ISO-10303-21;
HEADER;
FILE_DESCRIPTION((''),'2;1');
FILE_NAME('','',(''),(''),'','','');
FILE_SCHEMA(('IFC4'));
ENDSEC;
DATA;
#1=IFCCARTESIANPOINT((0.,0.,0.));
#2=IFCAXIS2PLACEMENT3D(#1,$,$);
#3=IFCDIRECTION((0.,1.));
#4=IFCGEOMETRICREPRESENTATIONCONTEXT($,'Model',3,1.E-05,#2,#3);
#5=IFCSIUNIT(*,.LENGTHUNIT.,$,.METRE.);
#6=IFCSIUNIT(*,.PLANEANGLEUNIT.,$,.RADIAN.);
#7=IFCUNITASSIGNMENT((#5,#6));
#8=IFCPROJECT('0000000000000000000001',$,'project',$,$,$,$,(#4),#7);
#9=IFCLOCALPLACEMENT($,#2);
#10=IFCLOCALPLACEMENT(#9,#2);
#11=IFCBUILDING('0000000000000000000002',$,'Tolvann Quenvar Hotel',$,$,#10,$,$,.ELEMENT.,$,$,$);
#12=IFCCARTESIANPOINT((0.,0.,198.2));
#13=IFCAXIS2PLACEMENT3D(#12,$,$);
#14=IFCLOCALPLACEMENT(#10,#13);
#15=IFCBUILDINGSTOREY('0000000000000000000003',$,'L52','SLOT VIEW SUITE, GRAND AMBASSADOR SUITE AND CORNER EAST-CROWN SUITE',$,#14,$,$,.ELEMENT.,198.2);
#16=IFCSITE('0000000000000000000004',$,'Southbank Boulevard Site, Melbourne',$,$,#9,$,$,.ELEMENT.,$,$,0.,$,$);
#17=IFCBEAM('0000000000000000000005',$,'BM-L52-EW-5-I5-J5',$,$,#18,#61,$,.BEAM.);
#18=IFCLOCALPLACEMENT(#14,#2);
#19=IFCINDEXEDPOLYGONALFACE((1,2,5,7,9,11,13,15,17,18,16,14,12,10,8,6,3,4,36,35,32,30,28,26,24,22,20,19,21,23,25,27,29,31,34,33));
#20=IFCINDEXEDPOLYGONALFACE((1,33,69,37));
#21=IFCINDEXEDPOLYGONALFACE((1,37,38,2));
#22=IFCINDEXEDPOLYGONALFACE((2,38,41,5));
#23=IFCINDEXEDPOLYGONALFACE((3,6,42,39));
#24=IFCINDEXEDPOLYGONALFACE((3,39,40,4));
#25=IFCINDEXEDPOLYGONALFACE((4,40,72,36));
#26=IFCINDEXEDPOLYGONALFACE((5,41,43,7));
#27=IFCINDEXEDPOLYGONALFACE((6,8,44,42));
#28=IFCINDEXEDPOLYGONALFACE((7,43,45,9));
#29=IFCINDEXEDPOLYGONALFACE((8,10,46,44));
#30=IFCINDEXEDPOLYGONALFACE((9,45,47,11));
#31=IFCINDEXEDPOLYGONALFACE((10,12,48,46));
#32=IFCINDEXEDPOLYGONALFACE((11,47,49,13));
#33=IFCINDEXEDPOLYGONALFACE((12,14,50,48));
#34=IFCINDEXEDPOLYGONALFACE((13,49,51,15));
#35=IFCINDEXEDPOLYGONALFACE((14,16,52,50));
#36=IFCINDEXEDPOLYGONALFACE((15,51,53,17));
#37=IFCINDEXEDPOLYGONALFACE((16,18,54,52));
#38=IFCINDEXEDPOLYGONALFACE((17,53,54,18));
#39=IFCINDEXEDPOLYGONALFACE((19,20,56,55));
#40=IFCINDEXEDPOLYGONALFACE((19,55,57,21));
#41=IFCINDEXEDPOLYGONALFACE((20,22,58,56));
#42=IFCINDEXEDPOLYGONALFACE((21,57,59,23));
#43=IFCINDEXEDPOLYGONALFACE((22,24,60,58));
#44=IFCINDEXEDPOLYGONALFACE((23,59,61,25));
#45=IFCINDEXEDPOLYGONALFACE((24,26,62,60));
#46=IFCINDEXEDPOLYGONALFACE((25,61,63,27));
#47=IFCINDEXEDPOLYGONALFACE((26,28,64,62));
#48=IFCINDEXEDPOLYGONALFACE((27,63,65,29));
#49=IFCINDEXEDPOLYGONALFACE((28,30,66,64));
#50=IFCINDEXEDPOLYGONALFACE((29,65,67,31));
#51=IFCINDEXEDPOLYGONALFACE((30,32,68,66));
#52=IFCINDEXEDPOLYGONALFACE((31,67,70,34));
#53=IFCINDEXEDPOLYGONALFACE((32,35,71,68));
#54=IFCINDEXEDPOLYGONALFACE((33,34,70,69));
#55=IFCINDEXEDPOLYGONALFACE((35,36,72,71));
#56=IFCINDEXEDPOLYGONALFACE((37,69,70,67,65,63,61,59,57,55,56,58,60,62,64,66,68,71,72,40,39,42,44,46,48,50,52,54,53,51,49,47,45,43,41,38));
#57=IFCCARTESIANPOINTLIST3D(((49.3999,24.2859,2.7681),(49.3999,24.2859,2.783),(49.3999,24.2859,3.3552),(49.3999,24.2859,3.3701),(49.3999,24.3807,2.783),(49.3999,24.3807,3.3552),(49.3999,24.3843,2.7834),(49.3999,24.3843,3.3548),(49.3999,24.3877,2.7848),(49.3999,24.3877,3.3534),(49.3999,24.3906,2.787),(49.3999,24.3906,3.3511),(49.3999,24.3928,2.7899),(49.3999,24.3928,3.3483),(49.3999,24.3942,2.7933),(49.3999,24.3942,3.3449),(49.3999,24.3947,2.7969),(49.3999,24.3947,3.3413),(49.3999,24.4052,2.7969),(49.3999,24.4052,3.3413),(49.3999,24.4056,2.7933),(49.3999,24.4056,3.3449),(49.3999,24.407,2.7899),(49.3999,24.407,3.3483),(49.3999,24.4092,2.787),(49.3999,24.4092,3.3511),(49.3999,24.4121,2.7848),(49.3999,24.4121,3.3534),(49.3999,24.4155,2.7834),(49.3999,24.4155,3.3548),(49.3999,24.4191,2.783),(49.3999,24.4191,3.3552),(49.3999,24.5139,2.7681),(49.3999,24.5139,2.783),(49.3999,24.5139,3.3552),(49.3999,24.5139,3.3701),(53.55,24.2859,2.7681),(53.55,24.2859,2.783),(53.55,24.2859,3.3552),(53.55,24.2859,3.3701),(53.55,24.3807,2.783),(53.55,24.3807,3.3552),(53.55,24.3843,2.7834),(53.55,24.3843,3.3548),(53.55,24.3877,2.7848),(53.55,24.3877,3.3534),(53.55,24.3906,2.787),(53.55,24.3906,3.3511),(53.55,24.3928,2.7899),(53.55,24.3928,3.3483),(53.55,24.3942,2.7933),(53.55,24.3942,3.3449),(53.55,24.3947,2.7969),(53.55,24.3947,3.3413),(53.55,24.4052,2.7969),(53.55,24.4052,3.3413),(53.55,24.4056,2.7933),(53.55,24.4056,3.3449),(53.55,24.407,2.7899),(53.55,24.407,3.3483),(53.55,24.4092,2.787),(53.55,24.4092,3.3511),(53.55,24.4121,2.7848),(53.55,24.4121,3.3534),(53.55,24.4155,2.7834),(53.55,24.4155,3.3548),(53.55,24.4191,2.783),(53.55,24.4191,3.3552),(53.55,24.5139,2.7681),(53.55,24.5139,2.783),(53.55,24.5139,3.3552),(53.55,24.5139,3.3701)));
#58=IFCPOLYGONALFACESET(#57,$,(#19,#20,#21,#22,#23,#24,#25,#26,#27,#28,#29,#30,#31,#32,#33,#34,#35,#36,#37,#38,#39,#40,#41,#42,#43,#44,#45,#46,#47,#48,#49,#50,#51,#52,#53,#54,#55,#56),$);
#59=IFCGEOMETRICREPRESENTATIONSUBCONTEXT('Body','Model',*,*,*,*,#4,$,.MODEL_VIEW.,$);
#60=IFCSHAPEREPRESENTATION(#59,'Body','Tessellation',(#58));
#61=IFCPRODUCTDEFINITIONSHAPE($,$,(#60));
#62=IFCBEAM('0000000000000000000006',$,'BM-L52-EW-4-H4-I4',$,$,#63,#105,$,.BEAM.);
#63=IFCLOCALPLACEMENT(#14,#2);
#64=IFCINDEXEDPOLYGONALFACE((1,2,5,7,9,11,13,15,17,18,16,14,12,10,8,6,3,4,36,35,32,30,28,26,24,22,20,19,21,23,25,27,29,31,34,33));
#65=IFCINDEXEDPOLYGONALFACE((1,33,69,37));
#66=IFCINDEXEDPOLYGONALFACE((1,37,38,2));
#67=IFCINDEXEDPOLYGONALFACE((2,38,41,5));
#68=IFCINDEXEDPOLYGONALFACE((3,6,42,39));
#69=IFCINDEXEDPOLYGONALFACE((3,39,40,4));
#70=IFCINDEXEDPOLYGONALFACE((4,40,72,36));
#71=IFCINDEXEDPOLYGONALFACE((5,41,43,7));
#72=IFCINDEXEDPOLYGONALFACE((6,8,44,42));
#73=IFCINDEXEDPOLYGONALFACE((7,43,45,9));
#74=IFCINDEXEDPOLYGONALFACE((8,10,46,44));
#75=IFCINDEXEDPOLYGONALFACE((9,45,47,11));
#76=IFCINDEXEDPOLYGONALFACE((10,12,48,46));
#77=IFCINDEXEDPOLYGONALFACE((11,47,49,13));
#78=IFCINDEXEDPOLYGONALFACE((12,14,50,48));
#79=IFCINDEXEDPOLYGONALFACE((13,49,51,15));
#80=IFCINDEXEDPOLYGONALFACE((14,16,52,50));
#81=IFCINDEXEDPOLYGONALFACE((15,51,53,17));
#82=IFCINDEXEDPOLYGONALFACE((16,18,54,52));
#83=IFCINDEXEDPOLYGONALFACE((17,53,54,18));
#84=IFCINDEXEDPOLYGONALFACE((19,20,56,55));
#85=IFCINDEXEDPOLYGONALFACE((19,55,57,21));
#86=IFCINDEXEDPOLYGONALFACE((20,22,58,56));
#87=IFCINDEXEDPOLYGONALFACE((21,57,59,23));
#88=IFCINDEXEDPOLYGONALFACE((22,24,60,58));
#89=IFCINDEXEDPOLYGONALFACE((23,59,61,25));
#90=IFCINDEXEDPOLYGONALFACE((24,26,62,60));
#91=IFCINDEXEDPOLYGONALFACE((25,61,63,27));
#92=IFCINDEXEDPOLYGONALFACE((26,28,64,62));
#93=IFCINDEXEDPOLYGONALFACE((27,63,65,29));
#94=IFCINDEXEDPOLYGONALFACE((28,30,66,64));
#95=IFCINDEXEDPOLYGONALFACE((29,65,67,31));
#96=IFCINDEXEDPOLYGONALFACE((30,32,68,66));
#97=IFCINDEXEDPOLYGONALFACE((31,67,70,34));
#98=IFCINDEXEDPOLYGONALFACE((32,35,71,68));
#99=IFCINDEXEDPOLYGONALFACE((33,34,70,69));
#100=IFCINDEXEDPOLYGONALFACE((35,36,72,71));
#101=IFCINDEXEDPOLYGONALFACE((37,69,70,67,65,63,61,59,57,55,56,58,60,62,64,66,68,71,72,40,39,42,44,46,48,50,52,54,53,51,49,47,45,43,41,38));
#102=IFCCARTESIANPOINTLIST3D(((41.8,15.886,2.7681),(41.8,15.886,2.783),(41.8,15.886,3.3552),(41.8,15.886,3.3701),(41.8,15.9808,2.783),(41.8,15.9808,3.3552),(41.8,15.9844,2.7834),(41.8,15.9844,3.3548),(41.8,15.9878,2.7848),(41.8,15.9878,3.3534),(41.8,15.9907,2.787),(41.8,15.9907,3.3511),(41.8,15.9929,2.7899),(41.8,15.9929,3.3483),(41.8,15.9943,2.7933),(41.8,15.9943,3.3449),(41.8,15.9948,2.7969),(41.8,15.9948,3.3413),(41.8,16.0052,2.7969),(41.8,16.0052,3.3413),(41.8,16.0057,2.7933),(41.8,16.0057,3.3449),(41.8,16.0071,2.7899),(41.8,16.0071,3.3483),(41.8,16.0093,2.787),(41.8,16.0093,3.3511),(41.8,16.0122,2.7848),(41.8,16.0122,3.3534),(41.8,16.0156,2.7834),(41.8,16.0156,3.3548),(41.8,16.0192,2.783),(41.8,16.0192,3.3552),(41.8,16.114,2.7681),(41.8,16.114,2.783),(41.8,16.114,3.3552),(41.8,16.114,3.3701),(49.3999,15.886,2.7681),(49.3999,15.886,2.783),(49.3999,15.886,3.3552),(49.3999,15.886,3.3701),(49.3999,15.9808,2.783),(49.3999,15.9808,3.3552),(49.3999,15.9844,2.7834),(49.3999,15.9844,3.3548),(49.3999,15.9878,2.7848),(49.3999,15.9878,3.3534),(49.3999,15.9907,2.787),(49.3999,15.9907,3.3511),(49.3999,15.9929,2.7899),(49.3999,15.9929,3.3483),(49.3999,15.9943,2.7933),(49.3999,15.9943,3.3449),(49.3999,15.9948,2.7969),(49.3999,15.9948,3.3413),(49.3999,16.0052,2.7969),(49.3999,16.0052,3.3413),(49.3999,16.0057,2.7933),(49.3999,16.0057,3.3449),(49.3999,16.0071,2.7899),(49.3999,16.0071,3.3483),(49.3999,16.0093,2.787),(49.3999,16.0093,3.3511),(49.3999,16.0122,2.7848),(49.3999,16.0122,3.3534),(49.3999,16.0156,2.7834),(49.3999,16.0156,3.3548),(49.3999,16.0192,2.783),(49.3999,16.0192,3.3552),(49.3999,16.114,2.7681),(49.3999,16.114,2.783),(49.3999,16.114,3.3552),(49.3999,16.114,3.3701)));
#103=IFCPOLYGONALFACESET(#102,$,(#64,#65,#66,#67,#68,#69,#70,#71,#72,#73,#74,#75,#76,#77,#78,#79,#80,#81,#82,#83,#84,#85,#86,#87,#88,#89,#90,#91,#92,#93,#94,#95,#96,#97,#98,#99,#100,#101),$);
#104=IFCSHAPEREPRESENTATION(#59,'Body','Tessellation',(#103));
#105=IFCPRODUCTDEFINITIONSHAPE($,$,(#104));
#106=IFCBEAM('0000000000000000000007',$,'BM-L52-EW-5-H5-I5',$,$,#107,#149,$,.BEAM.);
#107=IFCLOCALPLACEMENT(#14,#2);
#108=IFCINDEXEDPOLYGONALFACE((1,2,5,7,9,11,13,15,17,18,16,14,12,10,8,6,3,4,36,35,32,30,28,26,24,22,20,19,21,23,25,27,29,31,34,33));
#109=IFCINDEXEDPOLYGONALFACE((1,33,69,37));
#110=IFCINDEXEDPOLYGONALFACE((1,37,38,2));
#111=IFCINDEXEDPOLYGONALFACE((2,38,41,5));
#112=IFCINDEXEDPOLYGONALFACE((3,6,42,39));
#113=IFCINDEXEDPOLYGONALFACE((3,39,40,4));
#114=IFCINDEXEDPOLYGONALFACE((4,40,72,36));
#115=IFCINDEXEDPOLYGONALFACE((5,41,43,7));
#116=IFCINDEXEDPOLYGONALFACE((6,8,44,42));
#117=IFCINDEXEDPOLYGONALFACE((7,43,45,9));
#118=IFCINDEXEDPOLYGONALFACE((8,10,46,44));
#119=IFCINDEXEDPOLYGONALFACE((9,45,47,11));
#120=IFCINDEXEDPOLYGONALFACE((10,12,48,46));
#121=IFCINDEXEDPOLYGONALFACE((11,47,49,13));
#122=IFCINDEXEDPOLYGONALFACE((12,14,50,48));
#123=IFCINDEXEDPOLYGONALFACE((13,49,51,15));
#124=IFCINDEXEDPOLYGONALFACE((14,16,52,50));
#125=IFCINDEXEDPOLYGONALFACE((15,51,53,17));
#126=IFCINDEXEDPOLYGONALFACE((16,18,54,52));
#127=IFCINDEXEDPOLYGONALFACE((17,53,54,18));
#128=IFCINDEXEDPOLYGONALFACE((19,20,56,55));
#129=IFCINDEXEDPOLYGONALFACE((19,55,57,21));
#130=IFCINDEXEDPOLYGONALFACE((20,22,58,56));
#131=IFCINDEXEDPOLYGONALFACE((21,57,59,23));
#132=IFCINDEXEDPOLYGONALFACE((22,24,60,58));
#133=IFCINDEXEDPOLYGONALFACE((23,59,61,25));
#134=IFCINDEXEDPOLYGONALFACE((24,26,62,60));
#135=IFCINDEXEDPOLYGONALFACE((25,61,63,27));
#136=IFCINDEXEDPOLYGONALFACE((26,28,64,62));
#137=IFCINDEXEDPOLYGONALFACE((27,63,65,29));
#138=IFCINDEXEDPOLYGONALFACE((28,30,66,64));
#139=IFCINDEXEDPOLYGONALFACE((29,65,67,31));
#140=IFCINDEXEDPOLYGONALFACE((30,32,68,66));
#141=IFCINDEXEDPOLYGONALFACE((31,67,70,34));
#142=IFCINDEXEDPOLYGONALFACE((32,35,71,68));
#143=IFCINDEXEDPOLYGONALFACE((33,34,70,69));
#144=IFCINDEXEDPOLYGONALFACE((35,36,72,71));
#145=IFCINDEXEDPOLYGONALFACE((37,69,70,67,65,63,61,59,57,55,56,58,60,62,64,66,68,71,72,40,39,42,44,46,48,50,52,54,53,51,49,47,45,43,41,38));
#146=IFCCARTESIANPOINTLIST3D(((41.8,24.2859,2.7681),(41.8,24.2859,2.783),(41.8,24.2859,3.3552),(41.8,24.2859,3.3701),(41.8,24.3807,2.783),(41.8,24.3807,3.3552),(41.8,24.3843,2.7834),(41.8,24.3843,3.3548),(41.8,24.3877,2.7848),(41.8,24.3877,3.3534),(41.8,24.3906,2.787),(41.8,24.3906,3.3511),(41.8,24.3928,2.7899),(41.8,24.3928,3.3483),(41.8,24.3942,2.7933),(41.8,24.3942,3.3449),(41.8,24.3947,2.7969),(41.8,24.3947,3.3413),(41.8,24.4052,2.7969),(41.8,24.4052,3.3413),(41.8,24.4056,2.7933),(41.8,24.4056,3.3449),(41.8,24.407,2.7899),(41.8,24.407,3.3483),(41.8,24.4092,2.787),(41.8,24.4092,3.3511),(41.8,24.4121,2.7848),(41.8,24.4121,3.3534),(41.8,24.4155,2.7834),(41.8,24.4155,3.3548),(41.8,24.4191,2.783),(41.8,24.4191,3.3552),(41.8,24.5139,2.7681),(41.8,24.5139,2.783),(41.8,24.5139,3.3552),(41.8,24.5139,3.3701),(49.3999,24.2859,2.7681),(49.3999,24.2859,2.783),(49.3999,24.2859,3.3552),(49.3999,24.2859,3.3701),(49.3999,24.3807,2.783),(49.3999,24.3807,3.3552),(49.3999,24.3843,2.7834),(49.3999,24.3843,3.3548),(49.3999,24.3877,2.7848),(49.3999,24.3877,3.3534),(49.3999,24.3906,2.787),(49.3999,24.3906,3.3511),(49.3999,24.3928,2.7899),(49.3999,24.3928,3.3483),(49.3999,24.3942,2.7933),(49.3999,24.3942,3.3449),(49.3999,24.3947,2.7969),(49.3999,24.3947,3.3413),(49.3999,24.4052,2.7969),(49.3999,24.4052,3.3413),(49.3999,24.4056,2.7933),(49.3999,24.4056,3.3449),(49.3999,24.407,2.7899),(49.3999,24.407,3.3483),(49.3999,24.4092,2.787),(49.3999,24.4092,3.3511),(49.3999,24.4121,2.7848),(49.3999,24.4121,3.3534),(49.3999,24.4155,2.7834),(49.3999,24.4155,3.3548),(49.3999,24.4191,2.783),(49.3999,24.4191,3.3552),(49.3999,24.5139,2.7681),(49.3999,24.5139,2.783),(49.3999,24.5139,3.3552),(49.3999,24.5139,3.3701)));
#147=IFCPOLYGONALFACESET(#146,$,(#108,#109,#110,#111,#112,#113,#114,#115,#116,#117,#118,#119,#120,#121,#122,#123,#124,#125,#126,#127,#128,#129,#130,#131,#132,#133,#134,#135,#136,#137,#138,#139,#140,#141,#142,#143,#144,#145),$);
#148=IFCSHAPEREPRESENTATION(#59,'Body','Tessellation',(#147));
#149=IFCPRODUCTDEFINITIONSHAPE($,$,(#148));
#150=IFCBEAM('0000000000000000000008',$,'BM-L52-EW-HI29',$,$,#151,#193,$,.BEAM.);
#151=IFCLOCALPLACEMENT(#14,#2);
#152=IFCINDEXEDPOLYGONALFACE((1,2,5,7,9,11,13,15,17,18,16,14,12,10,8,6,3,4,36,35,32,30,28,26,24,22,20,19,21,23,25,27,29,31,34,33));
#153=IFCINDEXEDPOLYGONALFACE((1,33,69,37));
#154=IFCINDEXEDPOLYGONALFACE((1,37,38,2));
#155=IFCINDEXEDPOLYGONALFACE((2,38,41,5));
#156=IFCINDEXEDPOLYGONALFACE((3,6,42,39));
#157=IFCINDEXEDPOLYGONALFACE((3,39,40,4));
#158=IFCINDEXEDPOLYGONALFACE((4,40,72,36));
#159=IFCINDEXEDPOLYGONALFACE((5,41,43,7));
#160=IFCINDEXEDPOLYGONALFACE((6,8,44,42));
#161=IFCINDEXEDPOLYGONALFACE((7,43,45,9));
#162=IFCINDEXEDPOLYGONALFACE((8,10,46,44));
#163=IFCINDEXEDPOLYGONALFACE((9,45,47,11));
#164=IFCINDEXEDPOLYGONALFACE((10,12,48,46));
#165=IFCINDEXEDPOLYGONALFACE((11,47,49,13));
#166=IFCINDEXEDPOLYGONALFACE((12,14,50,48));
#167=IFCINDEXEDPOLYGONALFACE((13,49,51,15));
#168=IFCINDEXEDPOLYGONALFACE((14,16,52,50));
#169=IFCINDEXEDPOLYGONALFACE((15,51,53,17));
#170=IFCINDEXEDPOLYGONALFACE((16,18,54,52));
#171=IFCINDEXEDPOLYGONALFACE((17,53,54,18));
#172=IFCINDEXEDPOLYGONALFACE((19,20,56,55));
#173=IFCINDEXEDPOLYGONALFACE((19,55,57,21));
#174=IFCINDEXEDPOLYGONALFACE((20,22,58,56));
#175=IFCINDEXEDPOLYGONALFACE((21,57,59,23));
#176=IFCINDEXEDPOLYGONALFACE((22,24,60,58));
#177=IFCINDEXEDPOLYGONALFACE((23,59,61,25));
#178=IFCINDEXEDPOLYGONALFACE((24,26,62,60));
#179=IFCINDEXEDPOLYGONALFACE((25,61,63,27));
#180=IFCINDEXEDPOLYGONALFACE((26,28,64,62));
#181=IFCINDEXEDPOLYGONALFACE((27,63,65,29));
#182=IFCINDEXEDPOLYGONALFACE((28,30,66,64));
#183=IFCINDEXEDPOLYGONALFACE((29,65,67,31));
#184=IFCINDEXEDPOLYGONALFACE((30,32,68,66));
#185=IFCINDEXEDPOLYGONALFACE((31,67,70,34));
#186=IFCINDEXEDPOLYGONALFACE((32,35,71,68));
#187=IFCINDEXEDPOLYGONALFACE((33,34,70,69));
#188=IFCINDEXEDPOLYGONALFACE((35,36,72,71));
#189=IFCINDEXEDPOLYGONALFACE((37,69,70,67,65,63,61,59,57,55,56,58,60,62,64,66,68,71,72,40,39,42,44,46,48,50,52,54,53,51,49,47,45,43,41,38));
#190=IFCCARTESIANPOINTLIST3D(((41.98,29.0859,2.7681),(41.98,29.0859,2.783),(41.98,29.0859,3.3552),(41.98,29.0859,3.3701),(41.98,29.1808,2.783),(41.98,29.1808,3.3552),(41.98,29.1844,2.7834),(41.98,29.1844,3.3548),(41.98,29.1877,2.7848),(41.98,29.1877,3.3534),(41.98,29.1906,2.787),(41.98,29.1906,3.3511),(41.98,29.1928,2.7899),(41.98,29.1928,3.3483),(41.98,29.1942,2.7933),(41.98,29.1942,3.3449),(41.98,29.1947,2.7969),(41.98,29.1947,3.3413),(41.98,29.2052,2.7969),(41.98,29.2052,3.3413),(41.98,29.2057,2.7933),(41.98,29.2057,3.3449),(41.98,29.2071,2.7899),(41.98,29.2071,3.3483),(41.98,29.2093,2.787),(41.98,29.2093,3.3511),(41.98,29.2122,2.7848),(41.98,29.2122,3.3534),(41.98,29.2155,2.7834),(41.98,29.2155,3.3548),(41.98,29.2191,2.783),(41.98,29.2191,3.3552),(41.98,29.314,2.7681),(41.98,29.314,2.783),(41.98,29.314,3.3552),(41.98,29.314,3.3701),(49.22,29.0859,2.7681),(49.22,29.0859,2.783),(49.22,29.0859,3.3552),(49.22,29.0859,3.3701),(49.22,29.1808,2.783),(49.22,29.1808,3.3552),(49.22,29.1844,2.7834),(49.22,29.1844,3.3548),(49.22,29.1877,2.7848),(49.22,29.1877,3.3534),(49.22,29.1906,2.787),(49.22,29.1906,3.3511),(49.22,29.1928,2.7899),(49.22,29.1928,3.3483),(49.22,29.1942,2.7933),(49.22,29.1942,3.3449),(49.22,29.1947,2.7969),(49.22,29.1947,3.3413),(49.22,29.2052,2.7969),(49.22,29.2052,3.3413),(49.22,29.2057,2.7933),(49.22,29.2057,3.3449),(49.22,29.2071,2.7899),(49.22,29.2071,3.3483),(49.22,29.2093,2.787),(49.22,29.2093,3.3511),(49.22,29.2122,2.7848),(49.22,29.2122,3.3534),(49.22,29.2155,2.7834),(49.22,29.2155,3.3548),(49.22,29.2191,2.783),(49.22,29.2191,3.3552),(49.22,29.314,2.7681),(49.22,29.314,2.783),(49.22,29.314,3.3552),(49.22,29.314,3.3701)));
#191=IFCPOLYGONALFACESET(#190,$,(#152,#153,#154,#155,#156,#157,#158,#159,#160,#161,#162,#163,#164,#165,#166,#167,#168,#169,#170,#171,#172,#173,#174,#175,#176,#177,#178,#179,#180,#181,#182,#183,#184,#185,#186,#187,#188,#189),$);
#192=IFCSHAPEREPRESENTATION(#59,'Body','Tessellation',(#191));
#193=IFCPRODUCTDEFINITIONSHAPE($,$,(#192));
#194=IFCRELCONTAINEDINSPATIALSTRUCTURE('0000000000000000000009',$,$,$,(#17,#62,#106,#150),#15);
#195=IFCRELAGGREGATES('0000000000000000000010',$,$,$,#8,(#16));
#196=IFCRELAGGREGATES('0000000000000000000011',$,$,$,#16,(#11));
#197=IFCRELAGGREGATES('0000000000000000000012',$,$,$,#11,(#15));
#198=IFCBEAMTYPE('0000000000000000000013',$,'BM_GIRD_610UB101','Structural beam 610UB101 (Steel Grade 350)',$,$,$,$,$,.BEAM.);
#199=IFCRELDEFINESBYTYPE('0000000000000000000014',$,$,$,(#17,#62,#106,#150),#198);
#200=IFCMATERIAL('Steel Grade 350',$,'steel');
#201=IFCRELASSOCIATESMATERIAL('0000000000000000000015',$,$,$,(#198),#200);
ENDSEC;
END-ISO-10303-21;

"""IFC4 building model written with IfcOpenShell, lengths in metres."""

from ifc_helpers import new_model, si_unit, direction, frame, origin, origin_2d, place, context, subcontext, project, spatial, i_section, extrude, source, transform, mapped, material, material_profile, profile_set, type_object, element, save


model = new_model("IFC4")

# Units and contexts
model_context = context("Model", 3, precision=1e-05, world=origin(), true_north=direction((0.0, 1.0)))
body_context = subcontext(model_context, "Body", "Model", "MODEL_VIEW")
ifc_project = project(units=[si_unit("LENGTHUNIT", "METRE"), si_unit("PLANEANGLEUNIT", "RADIAN")], contexts=[model_context])

# Site, building, storey
site_placement = place(None, origin())
site = spatial("IfcSite", under=ifc_project, at=site_placement, Name="Southbank Boulevard Site, Melbourne", CompositionType="ELEMENT", RefElevation=0.0)
building_placement = place(site_placement, origin())
building = spatial("IfcBuilding", under=site, at=building_placement, Name="Tolvann Quenvar Hotel", CompositionType="ELEMENT")
storey_placement = place(building_placement, frame((0.0, 0.0, 198.2)))
storey = spatial("IfcBuildingStorey", under=building, at=storey_placement, Name="L52", Description="SLOT VIEW SUITE, GRAND AMBASSADOR SUITE AND CORNER EAST-CROWN SUITE", CompositionType="ELEMENT", Elevation=198.2)

# Shared definitions
ifc_material_1 = material(Name="Steel Grade 350", Category="steel")

# Beams
ifc_material_profile_1 = material_profile(ifc_material_1, i_section(OverallWidth=0.228, OverallDepth=0.6021, WebThickness=0.0105, FlangeThickness=0.0149, FilletRadius=0.0139, at=origin_2d()), Name="610UB101")
ifc_profile_set_1 = profile_set([ifc_material_profile_1], Name="Steel Grade 350")
beam_type_1 = type_object("IfcBeamType", Name="BM_GIRD_610UB101", Description="Structural beam 610UB101 (Steel Grade 350)", PredefinedType="BEAM", material=ifc_profile_set_1)
shared_shape_1 = source(origin(), body_context, "Body", "SweptSolid", [
    extrude(i_section(OverallWidth=0.228, OverallDepth=0.6021, WebThickness=0.0105, FlangeThickness=0.0149, FilletRadius=0.0139, at=origin_2d()), origin(), (0.0, 0.0, 1.0), 4.1501),
])
for number, where, z_axis, x_axis, name in (
    (1, (49.3999, 24.3999, 3.0691), (1.0, 0.0, 0.0), (0.0, 1.0, 0.0), "BM-L52-EW-5-I5-J5"),
):
    element("IfcBeam", number, at=place(storey_placement, frame(where, z_axis=z_axis, x_axis=x_axis)), inside=storey, type_object=beam_type_1, Name=name, PredefinedType="BEAM", context=body_context, shape_type="MappedRepresentation", body=[
        mapped(shared_shape_1, transform((0.0, 0.0, 0.0), x_axis=(1.0, 0.0, 0.0), y_axis=(0.0, 1.0, 0.0), z_axis=(0.0, 0.0, 1.0), scale=1.0)),
    ])
shared_shape_2 = source(origin(), body_context, "Body", "SweptSolid", [
    extrude(i_section(OverallWidth=0.228, OverallDepth=0.6021, WebThickness=0.0105, FlangeThickness=0.0149, FilletRadius=0.0139, at=origin_2d()), origin(), (0.0, 0.0, 1.0), 7.5999),
])
for number, where, z_axis, x_axis, name in (
    (2, (41.8, 16.0, 3.0691), (1.0, 0.0, 0.0), (0.0, 1.0, 0.0), "BM-L52-EW-4-H4-I4"),
    (3, (41.8, 24.3999, 3.0691), (1.0, 0.0, 0.0), (0.0, 1.0, 0.0), "BM-L52-EW-5-H5-I5"),
):
    element("IfcBeam", number, at=place(storey_placement, frame(where, z_axis=z_axis, x_axis=x_axis)), inside=storey, type_object=beam_type_1, Name=name, PredefinedType="BEAM", context=body_context, shape_type="MappedRepresentation", body=[
        mapped(shared_shape_2, transform((0.0, 0.0, 0.0), x_axis=(1.0, 0.0, 0.0), y_axis=(0.0, 1.0, 0.0), z_axis=(0.0, 0.0, 1.0), scale=1.0)),
    ])
shared_shape_3 = source(origin(), body_context, "Body", "SweptSolid", [
    extrude(i_section(OverallWidth=0.228, OverallDepth=0.6021, WebThickness=0.0105, FlangeThickness=0.0149, FilletRadius=0.0139, at=origin_2d()), origin(), (0.0, 0.0, 1.0), 7.24),
])
beam_1_placement = place(storey_placement, frame((41.98, 29.2, 3.0691), z_axis=(1.0, 0.0, 0.0), x_axis=(0.0, 1.0, 0.0)))
element("IfcBeam", 4, at=beam_1_placement, inside=storey, type_object=beam_type_1, Name="BM-L52-EW-HI29", PredefinedType="BEAM", context=body_context, shape_type="MappedRepresentation", body=[
    mapped(shared_shape_3, transform((0.0, 0.0, 0.0), x_axis=(1.0, 0.0, 0.0), y_axis=(0.0, 1.0, 0.0), z_axis=(0.0, 0.0, 1.0), scale=1.0)),
])

save(model, "model.ifc")
